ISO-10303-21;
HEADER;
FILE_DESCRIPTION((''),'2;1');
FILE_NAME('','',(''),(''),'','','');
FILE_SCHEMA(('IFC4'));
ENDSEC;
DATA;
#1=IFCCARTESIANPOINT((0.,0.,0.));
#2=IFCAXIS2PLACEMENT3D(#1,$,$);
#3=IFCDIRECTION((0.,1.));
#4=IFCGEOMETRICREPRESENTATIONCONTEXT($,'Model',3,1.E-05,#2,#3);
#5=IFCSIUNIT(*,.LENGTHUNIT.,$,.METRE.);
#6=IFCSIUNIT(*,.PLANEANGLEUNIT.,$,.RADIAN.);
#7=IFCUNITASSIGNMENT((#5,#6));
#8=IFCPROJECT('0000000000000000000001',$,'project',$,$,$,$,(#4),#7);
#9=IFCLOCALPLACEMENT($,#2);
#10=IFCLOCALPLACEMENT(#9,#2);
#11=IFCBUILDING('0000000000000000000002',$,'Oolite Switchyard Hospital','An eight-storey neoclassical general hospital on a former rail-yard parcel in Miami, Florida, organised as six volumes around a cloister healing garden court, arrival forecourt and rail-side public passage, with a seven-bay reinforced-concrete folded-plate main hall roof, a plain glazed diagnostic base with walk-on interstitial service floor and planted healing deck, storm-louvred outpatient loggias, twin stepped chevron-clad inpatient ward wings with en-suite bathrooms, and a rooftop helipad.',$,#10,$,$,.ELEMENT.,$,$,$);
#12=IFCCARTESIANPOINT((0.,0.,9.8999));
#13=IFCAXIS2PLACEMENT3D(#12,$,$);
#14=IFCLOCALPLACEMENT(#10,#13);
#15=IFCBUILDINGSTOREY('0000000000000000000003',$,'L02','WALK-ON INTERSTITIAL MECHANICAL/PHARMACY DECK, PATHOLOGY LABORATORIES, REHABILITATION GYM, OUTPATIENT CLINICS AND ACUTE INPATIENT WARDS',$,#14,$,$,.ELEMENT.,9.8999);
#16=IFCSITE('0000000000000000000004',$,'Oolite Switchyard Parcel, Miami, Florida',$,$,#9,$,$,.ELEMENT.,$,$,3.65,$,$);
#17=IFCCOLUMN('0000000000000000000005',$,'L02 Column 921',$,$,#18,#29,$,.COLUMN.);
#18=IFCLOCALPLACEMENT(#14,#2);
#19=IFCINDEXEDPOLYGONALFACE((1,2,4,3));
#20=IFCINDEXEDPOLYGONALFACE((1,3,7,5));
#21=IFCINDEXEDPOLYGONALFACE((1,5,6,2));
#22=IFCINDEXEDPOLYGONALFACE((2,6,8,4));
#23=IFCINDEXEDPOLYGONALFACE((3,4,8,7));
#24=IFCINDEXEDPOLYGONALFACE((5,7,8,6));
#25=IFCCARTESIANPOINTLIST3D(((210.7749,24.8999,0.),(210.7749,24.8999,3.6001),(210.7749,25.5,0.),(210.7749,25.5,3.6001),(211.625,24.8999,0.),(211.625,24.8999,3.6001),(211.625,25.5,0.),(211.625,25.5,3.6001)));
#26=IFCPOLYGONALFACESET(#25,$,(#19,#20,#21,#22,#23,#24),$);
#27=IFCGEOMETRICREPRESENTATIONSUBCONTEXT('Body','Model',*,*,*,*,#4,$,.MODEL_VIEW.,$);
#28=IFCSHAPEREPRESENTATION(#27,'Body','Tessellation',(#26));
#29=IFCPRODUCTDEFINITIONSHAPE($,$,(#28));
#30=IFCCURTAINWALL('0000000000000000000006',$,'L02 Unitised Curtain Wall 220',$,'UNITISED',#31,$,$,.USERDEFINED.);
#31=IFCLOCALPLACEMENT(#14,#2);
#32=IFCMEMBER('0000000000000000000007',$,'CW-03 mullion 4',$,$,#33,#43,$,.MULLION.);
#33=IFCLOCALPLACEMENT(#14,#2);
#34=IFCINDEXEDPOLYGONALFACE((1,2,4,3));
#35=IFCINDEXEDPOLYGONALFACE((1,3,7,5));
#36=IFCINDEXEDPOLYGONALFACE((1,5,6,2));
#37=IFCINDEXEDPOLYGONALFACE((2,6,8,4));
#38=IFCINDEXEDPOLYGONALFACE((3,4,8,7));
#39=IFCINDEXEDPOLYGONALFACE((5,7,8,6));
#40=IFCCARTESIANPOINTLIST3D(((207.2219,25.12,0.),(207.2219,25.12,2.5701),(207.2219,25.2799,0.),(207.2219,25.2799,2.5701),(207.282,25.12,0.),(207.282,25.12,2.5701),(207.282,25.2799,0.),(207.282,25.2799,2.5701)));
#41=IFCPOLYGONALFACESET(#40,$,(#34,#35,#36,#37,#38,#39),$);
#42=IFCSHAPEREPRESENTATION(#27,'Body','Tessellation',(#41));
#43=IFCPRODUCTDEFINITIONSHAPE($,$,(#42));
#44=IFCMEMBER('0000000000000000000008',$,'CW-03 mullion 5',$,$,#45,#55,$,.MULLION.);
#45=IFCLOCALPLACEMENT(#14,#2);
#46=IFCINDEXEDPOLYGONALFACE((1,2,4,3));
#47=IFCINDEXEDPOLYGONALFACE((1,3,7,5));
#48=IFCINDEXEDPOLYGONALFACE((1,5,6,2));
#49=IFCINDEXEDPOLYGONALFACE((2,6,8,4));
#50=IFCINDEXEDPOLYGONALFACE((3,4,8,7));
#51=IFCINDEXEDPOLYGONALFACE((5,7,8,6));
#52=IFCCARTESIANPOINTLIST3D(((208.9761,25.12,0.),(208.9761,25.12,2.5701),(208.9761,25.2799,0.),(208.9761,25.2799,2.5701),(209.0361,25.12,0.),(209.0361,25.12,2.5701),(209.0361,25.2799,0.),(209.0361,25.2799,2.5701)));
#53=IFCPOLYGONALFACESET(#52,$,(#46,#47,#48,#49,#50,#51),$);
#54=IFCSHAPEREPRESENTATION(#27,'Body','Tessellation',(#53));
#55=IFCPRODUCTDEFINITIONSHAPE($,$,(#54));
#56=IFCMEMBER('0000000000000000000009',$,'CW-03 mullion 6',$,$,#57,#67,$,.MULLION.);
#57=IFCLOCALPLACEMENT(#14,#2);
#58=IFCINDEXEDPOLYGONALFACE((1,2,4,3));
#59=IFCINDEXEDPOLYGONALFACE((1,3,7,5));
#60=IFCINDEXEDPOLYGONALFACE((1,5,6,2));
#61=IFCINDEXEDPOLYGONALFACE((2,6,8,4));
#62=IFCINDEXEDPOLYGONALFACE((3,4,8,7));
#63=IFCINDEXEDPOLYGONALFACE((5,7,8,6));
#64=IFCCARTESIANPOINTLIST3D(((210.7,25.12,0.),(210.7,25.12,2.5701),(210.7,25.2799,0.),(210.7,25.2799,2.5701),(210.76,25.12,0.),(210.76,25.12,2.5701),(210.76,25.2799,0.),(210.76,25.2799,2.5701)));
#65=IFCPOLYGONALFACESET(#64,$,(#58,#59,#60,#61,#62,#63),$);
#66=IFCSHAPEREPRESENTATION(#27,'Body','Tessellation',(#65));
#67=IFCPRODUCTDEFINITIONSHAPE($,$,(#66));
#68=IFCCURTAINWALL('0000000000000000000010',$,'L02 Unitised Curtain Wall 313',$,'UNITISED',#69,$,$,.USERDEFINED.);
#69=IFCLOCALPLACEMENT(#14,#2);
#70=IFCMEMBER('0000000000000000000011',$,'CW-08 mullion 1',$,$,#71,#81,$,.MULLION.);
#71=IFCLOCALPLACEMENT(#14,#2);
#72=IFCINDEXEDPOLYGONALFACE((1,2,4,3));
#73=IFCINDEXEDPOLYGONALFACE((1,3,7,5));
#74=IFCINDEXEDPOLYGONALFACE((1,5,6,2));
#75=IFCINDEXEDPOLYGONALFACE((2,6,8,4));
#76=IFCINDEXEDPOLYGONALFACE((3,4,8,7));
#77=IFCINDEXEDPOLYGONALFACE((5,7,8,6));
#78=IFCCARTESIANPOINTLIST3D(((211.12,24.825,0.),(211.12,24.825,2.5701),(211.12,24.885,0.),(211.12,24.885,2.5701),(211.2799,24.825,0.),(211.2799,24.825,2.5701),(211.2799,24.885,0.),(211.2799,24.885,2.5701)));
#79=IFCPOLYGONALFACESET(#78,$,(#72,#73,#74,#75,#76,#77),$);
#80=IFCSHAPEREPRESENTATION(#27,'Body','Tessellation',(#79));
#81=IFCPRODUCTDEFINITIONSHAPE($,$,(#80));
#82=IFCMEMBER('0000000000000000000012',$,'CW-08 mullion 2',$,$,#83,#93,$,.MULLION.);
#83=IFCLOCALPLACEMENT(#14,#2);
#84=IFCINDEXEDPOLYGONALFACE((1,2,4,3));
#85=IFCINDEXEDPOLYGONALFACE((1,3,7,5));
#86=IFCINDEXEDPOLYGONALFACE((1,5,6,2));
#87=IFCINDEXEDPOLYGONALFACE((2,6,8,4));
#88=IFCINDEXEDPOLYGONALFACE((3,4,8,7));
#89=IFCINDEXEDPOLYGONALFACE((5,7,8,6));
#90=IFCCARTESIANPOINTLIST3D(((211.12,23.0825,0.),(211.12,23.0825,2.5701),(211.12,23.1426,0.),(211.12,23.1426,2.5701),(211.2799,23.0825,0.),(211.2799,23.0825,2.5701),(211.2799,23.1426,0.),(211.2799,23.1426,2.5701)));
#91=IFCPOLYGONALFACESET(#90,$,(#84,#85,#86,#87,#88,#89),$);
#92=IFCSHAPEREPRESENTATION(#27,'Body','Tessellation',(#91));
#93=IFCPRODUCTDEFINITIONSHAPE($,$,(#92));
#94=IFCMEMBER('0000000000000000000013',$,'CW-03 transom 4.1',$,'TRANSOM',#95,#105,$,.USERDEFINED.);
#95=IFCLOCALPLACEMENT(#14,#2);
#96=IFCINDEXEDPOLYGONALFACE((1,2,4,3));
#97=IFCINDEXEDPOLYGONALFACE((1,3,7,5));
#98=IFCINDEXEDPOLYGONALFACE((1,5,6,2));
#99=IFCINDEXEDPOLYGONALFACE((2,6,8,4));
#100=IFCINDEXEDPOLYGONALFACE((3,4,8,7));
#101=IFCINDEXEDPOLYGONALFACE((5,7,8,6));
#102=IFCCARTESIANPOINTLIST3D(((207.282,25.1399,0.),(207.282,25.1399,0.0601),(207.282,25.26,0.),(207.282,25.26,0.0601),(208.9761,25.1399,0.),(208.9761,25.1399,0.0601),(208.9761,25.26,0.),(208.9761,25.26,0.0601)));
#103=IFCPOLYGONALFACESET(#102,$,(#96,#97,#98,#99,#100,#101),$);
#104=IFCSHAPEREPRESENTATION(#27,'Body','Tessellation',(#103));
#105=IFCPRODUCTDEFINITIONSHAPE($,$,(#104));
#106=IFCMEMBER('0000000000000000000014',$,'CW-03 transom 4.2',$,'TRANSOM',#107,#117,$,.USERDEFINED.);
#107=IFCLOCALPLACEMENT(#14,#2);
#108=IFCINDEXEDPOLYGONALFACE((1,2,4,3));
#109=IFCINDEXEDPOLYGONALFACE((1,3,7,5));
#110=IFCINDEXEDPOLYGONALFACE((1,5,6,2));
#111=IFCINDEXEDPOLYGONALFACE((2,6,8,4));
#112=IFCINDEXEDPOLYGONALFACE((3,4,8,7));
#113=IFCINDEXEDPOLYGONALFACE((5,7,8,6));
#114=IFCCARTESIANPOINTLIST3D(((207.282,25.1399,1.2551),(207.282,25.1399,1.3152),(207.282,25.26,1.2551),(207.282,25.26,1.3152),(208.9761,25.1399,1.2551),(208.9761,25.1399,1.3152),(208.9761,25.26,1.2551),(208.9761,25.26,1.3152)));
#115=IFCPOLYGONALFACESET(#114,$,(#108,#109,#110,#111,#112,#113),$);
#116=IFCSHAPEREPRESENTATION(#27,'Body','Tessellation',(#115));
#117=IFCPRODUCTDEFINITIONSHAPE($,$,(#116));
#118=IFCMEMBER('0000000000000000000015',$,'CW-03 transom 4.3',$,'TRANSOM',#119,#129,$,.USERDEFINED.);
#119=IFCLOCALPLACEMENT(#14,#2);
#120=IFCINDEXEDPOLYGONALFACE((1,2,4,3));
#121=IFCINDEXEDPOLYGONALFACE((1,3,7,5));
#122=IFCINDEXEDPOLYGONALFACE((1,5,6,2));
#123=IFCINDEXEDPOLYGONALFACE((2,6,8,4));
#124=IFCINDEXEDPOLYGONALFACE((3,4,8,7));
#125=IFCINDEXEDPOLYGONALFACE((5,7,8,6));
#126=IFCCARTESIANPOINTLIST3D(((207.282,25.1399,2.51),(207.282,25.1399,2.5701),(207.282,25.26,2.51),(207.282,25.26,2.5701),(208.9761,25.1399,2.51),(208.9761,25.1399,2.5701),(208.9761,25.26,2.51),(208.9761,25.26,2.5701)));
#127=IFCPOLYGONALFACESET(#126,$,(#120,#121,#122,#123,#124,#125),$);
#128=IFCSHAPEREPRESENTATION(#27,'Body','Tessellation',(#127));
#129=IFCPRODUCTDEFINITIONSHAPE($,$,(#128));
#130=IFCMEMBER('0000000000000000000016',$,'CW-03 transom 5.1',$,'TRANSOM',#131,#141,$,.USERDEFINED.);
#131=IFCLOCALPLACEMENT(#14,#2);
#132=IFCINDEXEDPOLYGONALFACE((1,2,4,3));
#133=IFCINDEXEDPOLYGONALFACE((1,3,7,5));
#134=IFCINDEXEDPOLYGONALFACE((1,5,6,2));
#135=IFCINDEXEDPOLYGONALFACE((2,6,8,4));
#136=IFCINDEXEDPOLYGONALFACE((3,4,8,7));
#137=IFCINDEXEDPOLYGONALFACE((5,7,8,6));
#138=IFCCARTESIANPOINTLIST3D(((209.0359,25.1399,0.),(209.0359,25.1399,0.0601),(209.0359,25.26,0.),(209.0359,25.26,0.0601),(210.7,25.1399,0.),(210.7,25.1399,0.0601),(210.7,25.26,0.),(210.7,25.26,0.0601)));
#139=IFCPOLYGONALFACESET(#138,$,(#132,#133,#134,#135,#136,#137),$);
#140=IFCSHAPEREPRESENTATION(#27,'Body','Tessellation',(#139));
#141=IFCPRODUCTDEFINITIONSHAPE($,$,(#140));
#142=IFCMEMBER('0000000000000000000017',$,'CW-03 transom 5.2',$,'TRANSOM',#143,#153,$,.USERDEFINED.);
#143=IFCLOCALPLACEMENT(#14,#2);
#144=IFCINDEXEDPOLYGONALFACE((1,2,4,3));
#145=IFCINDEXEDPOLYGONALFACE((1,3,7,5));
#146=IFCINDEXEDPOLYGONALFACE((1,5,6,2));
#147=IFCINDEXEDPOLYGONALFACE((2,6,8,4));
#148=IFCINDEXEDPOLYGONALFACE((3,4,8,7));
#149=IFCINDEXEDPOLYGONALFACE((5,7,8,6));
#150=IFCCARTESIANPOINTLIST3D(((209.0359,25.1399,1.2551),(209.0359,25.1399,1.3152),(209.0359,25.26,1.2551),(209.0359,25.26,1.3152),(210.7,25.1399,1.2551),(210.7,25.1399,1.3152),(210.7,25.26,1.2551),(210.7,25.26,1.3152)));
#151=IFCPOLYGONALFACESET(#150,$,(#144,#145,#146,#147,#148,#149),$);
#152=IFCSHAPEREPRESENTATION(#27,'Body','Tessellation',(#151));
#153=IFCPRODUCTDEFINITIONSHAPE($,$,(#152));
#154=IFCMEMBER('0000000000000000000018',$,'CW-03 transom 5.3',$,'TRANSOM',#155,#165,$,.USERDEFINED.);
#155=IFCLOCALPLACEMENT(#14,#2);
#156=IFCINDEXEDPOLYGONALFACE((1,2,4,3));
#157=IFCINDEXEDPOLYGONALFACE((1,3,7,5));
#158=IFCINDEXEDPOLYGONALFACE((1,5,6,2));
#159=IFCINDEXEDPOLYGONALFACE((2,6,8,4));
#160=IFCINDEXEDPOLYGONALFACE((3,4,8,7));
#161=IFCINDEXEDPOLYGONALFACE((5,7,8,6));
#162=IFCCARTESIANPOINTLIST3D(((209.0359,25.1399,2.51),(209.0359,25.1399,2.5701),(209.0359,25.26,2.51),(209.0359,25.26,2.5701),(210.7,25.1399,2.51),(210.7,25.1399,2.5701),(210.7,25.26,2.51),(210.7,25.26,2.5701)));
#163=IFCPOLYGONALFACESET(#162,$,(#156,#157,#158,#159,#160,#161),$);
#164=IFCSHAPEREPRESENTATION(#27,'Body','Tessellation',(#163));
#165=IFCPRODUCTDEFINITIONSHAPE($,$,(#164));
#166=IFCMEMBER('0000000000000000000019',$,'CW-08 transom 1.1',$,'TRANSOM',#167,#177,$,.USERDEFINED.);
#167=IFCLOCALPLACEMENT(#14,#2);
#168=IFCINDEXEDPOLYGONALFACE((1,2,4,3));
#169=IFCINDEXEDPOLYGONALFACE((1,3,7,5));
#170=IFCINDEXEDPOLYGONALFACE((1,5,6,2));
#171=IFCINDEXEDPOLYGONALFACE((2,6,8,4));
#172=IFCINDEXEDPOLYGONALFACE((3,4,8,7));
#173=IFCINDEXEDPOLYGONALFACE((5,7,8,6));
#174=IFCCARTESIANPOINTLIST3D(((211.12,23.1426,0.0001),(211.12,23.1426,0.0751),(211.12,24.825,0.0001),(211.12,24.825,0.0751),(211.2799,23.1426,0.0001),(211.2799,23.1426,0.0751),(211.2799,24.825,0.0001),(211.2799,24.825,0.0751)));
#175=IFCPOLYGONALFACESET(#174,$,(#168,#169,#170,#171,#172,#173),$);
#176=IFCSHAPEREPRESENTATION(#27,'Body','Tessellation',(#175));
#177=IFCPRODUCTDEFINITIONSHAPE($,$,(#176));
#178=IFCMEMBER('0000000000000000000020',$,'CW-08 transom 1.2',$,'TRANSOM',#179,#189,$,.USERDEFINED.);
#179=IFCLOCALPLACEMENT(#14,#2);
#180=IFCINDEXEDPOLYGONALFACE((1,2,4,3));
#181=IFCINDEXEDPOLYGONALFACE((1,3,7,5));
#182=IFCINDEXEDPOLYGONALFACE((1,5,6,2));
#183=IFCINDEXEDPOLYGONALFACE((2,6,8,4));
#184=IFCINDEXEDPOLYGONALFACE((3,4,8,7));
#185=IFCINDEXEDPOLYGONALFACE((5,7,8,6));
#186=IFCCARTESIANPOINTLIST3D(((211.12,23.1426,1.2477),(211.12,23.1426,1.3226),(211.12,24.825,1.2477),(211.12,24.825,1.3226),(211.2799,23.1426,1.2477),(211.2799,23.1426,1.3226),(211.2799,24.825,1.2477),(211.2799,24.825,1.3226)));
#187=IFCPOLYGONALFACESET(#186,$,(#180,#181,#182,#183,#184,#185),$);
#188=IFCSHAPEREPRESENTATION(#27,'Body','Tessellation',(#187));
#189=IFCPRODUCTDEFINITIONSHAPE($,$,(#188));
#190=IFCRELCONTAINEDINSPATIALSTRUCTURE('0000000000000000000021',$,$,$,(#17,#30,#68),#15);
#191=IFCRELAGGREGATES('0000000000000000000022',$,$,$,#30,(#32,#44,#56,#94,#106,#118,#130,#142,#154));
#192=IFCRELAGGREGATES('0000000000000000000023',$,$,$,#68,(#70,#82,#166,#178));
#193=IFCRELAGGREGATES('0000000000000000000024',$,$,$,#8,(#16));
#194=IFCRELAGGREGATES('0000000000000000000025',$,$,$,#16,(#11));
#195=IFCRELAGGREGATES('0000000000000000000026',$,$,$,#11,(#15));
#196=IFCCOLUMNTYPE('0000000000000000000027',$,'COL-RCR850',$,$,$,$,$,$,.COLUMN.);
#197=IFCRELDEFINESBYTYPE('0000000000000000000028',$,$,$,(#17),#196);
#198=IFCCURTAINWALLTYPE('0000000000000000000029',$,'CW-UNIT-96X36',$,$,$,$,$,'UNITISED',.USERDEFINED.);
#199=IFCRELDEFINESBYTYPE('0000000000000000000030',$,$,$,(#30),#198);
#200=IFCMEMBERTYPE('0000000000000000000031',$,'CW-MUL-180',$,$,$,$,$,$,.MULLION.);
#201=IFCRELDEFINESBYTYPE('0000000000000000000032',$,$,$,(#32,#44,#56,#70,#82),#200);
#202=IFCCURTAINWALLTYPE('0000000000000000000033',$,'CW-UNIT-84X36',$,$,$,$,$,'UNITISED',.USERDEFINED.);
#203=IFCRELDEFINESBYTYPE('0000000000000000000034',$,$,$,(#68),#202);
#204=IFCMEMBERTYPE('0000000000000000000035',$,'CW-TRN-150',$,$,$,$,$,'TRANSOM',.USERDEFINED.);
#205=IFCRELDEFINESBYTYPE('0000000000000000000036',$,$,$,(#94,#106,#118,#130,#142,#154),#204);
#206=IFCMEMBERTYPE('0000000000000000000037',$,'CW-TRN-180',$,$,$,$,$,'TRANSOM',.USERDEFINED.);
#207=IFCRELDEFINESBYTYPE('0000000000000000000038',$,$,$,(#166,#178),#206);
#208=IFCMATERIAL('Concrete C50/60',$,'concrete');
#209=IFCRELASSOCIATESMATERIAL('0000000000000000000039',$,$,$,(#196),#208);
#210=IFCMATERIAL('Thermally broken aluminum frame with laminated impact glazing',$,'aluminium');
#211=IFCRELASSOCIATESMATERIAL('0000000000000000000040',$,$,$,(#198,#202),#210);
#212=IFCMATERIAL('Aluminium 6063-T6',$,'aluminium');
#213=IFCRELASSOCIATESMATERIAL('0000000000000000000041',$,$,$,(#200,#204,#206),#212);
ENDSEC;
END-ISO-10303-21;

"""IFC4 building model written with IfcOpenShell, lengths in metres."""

from ifc_helpers import new_model, si_unit, direction, frame, origin, origin_2d, place, context, subcontext, project, spatial, rectangle, extrude, material, material_profile, profile_set, type_object, element, aggregate, save


model = new_model("IFC4")

# Units and contexts
model_context = context("Model", 3, precision=1e-05, world=origin(), true_north=direction((0.0, 1.0)))
body_context = subcontext(model_context, "Body", "Model", "MODEL_VIEW")
ifc_project = project(units=[si_unit("LENGTHUNIT", "METRE"), si_unit("PLANEANGLEUNIT", "RADIAN")], contexts=[model_context])

# Site, building, storey
site_placement = place(None, origin())
site = spatial("IfcSite", under=ifc_project, at=site_placement, Name="Oolite Switchyard Parcel, Miami, Florida", CompositionType="ELEMENT", RefElevation=3.65)
building_placement = place(site_placement, origin())
building = spatial("IfcBuilding", under=site, at=building_placement, Name="Oolite Switchyard Hospital", Description="An eight-storey neoclassical general hospital on a former rail-yard parcel in Miami, Florida, organised as six volumes around a cloister healing garden court, arrival forecourt and rail-side public passage, with a seven-bay reinforced-concrete folded-plate main hall roof, a plain glazed diagnostic base with walk-on interstitial service floor and planted healing deck, storm-louvred outpatient loggias, twin stepped chevron-clad inpatient ward wings with en-suite bathrooms, and a rooftop helipad.", CompositionType="ELEMENT")
storey_placement = place(building_placement, frame((0.0, 0.0, 9.8999)))
storey = spatial("IfcBuildingStorey", under=building, at=storey_placement, Name="L02", Description="WALK-ON INTERSTITIAL MECHANICAL/PHARMACY DECK, PATHOLOGY LABORATORIES, REHABILITATION GYM, OUTPATIENT CLINICS AND ACUTE INPATIENT WARDS", CompositionType="ELEMENT", Elevation=9.8999)

# Column
ifc_material_1 = material(Name="Concrete C50/60", Category="concrete")
ifc_material_profile_1 = material_profile(ifc_material_1, rectangle(XDim=0.8501, YDim=0.6001, at=origin_2d()), Name="RC850X600")
ifc_profile_set_1 = profile_set([ifc_material_profile_1], Name="Concrete C50/60")
column_type = type_object("IfcColumnType", Name="COL-RCR850", PredefinedType="COLUMN", material=ifc_profile_set_1)
column_placement = place(storey_placement, frame((211.2, 25.2, 0.0), z_axis=(0.0, 0.0, 1.0), x_axis=(1.0, 0.0, 0.0)))
element("IfcColumn", 1, at=column_placement, inside=storey, type_object=column_type, Name="L02 Column 921", PredefinedType="COLUMN", context=body_context, shape_type="SweptSolid", body=[
    extrude(rectangle(XDim=0.8501, YDim=0.6001, at=origin_2d()), origin(), (0.0, 0.0, 1.0), 3.6001),
])

# Curtain walls, members
ifc_material_2 = material(Name="Thermally broken aluminum frame with laminated impact glazing", Category="aluminium")
curtain_wall_type_1 = type_object("IfcCurtainWallType", Name="CW-UNIT-96X36", ElementType="UNITISED", PredefinedType="USERDEFINED", material=ifc_material_2)
curtain_wall_1_placement = place(storey_placement, origin())
curtain_wall_1 = element("IfcCurtainWall", 2, at=curtain_wall_1_placement, inside=storey, type_object=curtain_wall_type_1, Name="L02 Unitised Curtain Wall 220", ObjectType="UNITISED", PredefinedType="USERDEFINED")
ifc_material_3 = material(Name="Aluminium 6063-T6", Category="aluminium")
ifc_material_profile_2 = material_profile(ifc_material_3, rectangle(XDim=0.1599, YDim=0.0601, at=origin_2d()), Name="CWM60X160")
ifc_profile_set_2 = profile_set([ifc_material_profile_2], Name="Aluminium 6063-T6")
member_type_1 = type_object("IfcMemberType", Name="CW-MUL-180", PredefinedType="MULLION", material=ifc_profile_set_2)
member_1_placement = place(storey_placement, frame((207.252, 25.2, 0.0), z_axis=(0.0, 0.0, 1.0), x_axis=(0.0, 1.0, 0.0)))
member_1 = element("IfcMember", 3, at=member_1_placement, type_object=member_type_1, Name="CW-03 mullion 4", PredefinedType="MULLION", context=body_context, shape_type="SweptSolid", body=[
    extrude(rectangle(XDim=0.1599, YDim=0.0601, at=origin_2d()), origin(), (0.0, 0.0, 1.0), 2.5701),
])
member_2_placement = place(storey_placement, frame((209.0061, 25.2, 0.0), z_axis=(0.0, 0.0, 1.0), x_axis=(0.0, 1.0, 0.0)))
member_2 = element("IfcMember", 4, at=member_2_placement, type_object=member_type_1, Name="CW-03 mullion 5", PredefinedType="MULLION", context=body_context, shape_type="SweptSolid", body=[
    extrude(rectangle(XDim=0.1599, YDim=0.0601, at=origin_2d()), origin(), (0.0, 0.0, 1.0), 2.5701),
])
member_3_placement = place(storey_placement, frame((210.73, 25.2, 0.0), z_axis=(0.0, 0.0, 1.0), x_axis=(0.0, 1.0, 0.0)))
member_3 = element("IfcMember", 5, at=member_3_placement, type_object=member_type_1, Name="CW-03 mullion 6", PredefinedType="MULLION", context=body_context, shape_type="SweptSolid", body=[
    extrude(rectangle(XDim=0.1599, YDim=0.0601, at=origin_2d()), origin(), (0.0, 0.0, 1.0), 2.5701),
])
curtain_wall_type_2 = type_object("IfcCurtainWallType", Name="CW-UNIT-84X36", ElementType="UNITISED", PredefinedType="USERDEFINED", material=ifc_material_2)
curtain_wall_2_placement = place(storey_placement, origin())
curtain_wall_2 = element("IfcCurtainWall", 6, at=curtain_wall_2_placement, inside=storey, type_object=curtain_wall_type_2, Name="L02 Unitised Curtain Wall 313", ObjectType="UNITISED", PredefinedType="USERDEFINED")
member_4_placement = place(storey_placement, frame((211.2, 24.855, 0.0), z_axis=(0.0, 0.0, 1.0), x_axis=(1.0, 0.0, 0.0)))
member_4 = element("IfcMember", 7, at=member_4_placement, type_object=member_type_1, Name="CW-08 mullion 1", PredefinedType="MULLION", context=body_context, shape_type="SweptSolid", body=[
    extrude(rectangle(XDim=0.1599, YDim=0.0601, at=origin_2d()), origin(), (0.0, 0.0, 1.0), 2.5701),
])
member_5_placement = place(storey_placement, frame((211.2, 23.1125, 0.0), z_axis=(0.0, 0.0, 1.0), x_axis=(1.0, 0.0, 0.0)))
member_5 = element("IfcMember", 8, at=member_5_placement, type_object=member_type_1, Name="CW-08 mullion 2", PredefinedType="MULLION", context=body_context, shape_type="SweptSolid", body=[
    extrude(rectangle(XDim=0.1599, YDim=0.0601, at=origin_2d()), origin(), (0.0, 0.0, 1.0), 2.5701),
])

# Members
ifc_material_profile_3 = material_profile(ifc_material_3, rectangle(XDim=0.1201, YDim=0.0601, at=origin_2d()), Name="CWT60X120")
ifc_profile_set_3 = profile_set([ifc_material_profile_3], Name="Aluminium 6063-T6")
member_type_2 = type_object("IfcMemberType", Name="CW-TRN-150", ElementType="TRANSOM", PredefinedType="USERDEFINED", material=ifc_profile_set_3)
member_6_placement = place(storey_placement, frame((207.282, 25.2, 0.03), z_axis=(1.0, 0.0, 0.0), x_axis=(0.0, 1.0, 0.0)))
member_6 = element("IfcMember", 9, at=member_6_placement, type_object=member_type_2, Name="CW-03 transom 4.1", ObjectType="TRANSOM", PredefinedType="USERDEFINED", context=body_context, shape_type="SweptSolid", body=[
    extrude(rectangle(XDim=0.1201, YDim=0.0601, at=origin_2d()), origin(), (0.0, 0.0, 1.0), 1.6941),
])
member_7_placement = place(storey_placement, frame((207.282, 25.2, 1.2852), z_axis=(1.0, 0.0, 0.0), x_axis=(0.0, 1.0, 0.0)))
member_7 = element("IfcMember", 10, at=member_7_placement, type_object=member_type_2, Name="CW-03 transom 4.2", ObjectType="TRANSOM", PredefinedType="USERDEFINED", context=body_context, shape_type="SweptSolid", body=[
    extrude(rectangle(XDim=0.1201, YDim=0.0601, at=origin_2d()), origin(), (0.0, 0.0, 1.0), 1.6941),
])
member_8_placement = place(storey_placement, frame((207.282, 25.2, 2.54), z_axis=(1.0, 0.0, 0.0), x_axis=(0.0, 1.0, 0.0)))
member_8 = element("IfcMember", 11, at=member_8_placement, type_object=member_type_2, Name="CW-03 transom 4.3", ObjectType="TRANSOM", PredefinedType="USERDEFINED", context=body_context, shape_type="SweptSolid", body=[
    extrude(rectangle(XDim=0.1201, YDim=0.0601, at=origin_2d()), origin(), (0.0, 0.0, 1.0), 1.6941),
])
member_9_placement = place(storey_placement, frame((209.0359, 25.2, 0.03), z_axis=(1.0, 0.0, 0.0), x_axis=(0.0, 1.0, 0.0)))
member_9 = element("IfcMember", 12, at=member_9_placement, type_object=member_type_2, Name="CW-03 transom 5.1", ObjectType="TRANSOM", PredefinedType="USERDEFINED", context=body_context, shape_type="SweptSolid", body=[
    extrude(rectangle(XDim=0.1201, YDim=0.0601, at=origin_2d()), origin(), (0.0, 0.0, 1.0), 1.6641),
])
member_10_placement = place(storey_placement, frame((209.0359, 25.2, 1.2852), z_axis=(1.0, 0.0, 0.0), x_axis=(0.0, 1.0, 0.0)))
member_10 = element("IfcMember", 13, at=member_10_placement, type_object=member_type_2, Name="CW-03 transom 5.2", ObjectType="TRANSOM", PredefinedType="USERDEFINED", context=body_context, shape_type="SweptSolid", body=[
    extrude(rectangle(XDim=0.1201, YDim=0.0601, at=origin_2d()), origin(), (0.0, 0.0, 1.0), 1.6641),
])
member_11_placement = place(storey_placement, frame((209.0359, 25.2, 2.54), z_axis=(1.0, 0.0, 0.0), x_axis=(0.0, 1.0, 0.0)))
member_11 = element("IfcMember", 14, at=member_11_placement, type_object=member_type_2, Name="CW-03 transom 5.3", ObjectType="TRANSOM", PredefinedType="USERDEFINED", context=body_context, shape_type="SweptSolid", body=[
    extrude(rectangle(XDim=0.1201, YDim=0.0601, at=origin_2d()), origin(), (0.0, 0.0, 1.0), 1.6641),
])
ifc_material_profile_4 = material_profile(ifc_material_3, rectangle(XDim=0.1599, YDim=0.075, at=origin_2d()), Name="CWT75X160")
ifc_profile_set_4 = profile_set([ifc_material_profile_4], Name="Aluminium 6063-T6")
member_type_3 = type_object("IfcMemberType", Name="CW-TRN-180", ElementType="TRANSOM", PredefinedType="USERDEFINED", material=ifc_profile_set_4)
member_12_placement = place(storey_placement, frame((211.2, 24.825, 0.0376), z_axis=(0.0, -1.0, 0.0), x_axis=(1.0, 0.0, 0.0)))
member_12 = element("IfcMember", 15, at=member_12_placement, type_object=member_type_3, Name="CW-08 transom 1.1", ObjectType="TRANSOM", PredefinedType="USERDEFINED", context=body_context, shape_type="SweptSolid", body=[
    extrude(rectangle(XDim=0.1599, YDim=0.075, at=origin_2d()), origin(), (0.0, 0.0, 1.0), 1.6824),
])
member_13_placement = place(storey_placement, frame((211.2, 24.825, 1.2852), z_axis=(0.0, -1.0, 0.0), x_axis=(1.0, 0.0, 0.0)))
member_13 = element("IfcMember", 16, at=member_13_placement, type_object=member_type_3, Name="CW-08 transom 1.2", ObjectType="TRANSOM", PredefinedType="USERDEFINED", context=body_context, shape_type="SweptSolid", body=[
    extrude(rectangle(XDim=0.1599, YDim=0.075, at=origin_2d()), origin(), (0.0, 0.0, 1.0), 1.6824),
])

aggregate(curtain_wall_1, [member_1, member_2, member_3, member_6, member_7, member_8, member_9, member_10, member_11])
aggregate(curtain_wall_2, [member_4, member_5, member_12, member_13])

save(model, "model.ifc")
